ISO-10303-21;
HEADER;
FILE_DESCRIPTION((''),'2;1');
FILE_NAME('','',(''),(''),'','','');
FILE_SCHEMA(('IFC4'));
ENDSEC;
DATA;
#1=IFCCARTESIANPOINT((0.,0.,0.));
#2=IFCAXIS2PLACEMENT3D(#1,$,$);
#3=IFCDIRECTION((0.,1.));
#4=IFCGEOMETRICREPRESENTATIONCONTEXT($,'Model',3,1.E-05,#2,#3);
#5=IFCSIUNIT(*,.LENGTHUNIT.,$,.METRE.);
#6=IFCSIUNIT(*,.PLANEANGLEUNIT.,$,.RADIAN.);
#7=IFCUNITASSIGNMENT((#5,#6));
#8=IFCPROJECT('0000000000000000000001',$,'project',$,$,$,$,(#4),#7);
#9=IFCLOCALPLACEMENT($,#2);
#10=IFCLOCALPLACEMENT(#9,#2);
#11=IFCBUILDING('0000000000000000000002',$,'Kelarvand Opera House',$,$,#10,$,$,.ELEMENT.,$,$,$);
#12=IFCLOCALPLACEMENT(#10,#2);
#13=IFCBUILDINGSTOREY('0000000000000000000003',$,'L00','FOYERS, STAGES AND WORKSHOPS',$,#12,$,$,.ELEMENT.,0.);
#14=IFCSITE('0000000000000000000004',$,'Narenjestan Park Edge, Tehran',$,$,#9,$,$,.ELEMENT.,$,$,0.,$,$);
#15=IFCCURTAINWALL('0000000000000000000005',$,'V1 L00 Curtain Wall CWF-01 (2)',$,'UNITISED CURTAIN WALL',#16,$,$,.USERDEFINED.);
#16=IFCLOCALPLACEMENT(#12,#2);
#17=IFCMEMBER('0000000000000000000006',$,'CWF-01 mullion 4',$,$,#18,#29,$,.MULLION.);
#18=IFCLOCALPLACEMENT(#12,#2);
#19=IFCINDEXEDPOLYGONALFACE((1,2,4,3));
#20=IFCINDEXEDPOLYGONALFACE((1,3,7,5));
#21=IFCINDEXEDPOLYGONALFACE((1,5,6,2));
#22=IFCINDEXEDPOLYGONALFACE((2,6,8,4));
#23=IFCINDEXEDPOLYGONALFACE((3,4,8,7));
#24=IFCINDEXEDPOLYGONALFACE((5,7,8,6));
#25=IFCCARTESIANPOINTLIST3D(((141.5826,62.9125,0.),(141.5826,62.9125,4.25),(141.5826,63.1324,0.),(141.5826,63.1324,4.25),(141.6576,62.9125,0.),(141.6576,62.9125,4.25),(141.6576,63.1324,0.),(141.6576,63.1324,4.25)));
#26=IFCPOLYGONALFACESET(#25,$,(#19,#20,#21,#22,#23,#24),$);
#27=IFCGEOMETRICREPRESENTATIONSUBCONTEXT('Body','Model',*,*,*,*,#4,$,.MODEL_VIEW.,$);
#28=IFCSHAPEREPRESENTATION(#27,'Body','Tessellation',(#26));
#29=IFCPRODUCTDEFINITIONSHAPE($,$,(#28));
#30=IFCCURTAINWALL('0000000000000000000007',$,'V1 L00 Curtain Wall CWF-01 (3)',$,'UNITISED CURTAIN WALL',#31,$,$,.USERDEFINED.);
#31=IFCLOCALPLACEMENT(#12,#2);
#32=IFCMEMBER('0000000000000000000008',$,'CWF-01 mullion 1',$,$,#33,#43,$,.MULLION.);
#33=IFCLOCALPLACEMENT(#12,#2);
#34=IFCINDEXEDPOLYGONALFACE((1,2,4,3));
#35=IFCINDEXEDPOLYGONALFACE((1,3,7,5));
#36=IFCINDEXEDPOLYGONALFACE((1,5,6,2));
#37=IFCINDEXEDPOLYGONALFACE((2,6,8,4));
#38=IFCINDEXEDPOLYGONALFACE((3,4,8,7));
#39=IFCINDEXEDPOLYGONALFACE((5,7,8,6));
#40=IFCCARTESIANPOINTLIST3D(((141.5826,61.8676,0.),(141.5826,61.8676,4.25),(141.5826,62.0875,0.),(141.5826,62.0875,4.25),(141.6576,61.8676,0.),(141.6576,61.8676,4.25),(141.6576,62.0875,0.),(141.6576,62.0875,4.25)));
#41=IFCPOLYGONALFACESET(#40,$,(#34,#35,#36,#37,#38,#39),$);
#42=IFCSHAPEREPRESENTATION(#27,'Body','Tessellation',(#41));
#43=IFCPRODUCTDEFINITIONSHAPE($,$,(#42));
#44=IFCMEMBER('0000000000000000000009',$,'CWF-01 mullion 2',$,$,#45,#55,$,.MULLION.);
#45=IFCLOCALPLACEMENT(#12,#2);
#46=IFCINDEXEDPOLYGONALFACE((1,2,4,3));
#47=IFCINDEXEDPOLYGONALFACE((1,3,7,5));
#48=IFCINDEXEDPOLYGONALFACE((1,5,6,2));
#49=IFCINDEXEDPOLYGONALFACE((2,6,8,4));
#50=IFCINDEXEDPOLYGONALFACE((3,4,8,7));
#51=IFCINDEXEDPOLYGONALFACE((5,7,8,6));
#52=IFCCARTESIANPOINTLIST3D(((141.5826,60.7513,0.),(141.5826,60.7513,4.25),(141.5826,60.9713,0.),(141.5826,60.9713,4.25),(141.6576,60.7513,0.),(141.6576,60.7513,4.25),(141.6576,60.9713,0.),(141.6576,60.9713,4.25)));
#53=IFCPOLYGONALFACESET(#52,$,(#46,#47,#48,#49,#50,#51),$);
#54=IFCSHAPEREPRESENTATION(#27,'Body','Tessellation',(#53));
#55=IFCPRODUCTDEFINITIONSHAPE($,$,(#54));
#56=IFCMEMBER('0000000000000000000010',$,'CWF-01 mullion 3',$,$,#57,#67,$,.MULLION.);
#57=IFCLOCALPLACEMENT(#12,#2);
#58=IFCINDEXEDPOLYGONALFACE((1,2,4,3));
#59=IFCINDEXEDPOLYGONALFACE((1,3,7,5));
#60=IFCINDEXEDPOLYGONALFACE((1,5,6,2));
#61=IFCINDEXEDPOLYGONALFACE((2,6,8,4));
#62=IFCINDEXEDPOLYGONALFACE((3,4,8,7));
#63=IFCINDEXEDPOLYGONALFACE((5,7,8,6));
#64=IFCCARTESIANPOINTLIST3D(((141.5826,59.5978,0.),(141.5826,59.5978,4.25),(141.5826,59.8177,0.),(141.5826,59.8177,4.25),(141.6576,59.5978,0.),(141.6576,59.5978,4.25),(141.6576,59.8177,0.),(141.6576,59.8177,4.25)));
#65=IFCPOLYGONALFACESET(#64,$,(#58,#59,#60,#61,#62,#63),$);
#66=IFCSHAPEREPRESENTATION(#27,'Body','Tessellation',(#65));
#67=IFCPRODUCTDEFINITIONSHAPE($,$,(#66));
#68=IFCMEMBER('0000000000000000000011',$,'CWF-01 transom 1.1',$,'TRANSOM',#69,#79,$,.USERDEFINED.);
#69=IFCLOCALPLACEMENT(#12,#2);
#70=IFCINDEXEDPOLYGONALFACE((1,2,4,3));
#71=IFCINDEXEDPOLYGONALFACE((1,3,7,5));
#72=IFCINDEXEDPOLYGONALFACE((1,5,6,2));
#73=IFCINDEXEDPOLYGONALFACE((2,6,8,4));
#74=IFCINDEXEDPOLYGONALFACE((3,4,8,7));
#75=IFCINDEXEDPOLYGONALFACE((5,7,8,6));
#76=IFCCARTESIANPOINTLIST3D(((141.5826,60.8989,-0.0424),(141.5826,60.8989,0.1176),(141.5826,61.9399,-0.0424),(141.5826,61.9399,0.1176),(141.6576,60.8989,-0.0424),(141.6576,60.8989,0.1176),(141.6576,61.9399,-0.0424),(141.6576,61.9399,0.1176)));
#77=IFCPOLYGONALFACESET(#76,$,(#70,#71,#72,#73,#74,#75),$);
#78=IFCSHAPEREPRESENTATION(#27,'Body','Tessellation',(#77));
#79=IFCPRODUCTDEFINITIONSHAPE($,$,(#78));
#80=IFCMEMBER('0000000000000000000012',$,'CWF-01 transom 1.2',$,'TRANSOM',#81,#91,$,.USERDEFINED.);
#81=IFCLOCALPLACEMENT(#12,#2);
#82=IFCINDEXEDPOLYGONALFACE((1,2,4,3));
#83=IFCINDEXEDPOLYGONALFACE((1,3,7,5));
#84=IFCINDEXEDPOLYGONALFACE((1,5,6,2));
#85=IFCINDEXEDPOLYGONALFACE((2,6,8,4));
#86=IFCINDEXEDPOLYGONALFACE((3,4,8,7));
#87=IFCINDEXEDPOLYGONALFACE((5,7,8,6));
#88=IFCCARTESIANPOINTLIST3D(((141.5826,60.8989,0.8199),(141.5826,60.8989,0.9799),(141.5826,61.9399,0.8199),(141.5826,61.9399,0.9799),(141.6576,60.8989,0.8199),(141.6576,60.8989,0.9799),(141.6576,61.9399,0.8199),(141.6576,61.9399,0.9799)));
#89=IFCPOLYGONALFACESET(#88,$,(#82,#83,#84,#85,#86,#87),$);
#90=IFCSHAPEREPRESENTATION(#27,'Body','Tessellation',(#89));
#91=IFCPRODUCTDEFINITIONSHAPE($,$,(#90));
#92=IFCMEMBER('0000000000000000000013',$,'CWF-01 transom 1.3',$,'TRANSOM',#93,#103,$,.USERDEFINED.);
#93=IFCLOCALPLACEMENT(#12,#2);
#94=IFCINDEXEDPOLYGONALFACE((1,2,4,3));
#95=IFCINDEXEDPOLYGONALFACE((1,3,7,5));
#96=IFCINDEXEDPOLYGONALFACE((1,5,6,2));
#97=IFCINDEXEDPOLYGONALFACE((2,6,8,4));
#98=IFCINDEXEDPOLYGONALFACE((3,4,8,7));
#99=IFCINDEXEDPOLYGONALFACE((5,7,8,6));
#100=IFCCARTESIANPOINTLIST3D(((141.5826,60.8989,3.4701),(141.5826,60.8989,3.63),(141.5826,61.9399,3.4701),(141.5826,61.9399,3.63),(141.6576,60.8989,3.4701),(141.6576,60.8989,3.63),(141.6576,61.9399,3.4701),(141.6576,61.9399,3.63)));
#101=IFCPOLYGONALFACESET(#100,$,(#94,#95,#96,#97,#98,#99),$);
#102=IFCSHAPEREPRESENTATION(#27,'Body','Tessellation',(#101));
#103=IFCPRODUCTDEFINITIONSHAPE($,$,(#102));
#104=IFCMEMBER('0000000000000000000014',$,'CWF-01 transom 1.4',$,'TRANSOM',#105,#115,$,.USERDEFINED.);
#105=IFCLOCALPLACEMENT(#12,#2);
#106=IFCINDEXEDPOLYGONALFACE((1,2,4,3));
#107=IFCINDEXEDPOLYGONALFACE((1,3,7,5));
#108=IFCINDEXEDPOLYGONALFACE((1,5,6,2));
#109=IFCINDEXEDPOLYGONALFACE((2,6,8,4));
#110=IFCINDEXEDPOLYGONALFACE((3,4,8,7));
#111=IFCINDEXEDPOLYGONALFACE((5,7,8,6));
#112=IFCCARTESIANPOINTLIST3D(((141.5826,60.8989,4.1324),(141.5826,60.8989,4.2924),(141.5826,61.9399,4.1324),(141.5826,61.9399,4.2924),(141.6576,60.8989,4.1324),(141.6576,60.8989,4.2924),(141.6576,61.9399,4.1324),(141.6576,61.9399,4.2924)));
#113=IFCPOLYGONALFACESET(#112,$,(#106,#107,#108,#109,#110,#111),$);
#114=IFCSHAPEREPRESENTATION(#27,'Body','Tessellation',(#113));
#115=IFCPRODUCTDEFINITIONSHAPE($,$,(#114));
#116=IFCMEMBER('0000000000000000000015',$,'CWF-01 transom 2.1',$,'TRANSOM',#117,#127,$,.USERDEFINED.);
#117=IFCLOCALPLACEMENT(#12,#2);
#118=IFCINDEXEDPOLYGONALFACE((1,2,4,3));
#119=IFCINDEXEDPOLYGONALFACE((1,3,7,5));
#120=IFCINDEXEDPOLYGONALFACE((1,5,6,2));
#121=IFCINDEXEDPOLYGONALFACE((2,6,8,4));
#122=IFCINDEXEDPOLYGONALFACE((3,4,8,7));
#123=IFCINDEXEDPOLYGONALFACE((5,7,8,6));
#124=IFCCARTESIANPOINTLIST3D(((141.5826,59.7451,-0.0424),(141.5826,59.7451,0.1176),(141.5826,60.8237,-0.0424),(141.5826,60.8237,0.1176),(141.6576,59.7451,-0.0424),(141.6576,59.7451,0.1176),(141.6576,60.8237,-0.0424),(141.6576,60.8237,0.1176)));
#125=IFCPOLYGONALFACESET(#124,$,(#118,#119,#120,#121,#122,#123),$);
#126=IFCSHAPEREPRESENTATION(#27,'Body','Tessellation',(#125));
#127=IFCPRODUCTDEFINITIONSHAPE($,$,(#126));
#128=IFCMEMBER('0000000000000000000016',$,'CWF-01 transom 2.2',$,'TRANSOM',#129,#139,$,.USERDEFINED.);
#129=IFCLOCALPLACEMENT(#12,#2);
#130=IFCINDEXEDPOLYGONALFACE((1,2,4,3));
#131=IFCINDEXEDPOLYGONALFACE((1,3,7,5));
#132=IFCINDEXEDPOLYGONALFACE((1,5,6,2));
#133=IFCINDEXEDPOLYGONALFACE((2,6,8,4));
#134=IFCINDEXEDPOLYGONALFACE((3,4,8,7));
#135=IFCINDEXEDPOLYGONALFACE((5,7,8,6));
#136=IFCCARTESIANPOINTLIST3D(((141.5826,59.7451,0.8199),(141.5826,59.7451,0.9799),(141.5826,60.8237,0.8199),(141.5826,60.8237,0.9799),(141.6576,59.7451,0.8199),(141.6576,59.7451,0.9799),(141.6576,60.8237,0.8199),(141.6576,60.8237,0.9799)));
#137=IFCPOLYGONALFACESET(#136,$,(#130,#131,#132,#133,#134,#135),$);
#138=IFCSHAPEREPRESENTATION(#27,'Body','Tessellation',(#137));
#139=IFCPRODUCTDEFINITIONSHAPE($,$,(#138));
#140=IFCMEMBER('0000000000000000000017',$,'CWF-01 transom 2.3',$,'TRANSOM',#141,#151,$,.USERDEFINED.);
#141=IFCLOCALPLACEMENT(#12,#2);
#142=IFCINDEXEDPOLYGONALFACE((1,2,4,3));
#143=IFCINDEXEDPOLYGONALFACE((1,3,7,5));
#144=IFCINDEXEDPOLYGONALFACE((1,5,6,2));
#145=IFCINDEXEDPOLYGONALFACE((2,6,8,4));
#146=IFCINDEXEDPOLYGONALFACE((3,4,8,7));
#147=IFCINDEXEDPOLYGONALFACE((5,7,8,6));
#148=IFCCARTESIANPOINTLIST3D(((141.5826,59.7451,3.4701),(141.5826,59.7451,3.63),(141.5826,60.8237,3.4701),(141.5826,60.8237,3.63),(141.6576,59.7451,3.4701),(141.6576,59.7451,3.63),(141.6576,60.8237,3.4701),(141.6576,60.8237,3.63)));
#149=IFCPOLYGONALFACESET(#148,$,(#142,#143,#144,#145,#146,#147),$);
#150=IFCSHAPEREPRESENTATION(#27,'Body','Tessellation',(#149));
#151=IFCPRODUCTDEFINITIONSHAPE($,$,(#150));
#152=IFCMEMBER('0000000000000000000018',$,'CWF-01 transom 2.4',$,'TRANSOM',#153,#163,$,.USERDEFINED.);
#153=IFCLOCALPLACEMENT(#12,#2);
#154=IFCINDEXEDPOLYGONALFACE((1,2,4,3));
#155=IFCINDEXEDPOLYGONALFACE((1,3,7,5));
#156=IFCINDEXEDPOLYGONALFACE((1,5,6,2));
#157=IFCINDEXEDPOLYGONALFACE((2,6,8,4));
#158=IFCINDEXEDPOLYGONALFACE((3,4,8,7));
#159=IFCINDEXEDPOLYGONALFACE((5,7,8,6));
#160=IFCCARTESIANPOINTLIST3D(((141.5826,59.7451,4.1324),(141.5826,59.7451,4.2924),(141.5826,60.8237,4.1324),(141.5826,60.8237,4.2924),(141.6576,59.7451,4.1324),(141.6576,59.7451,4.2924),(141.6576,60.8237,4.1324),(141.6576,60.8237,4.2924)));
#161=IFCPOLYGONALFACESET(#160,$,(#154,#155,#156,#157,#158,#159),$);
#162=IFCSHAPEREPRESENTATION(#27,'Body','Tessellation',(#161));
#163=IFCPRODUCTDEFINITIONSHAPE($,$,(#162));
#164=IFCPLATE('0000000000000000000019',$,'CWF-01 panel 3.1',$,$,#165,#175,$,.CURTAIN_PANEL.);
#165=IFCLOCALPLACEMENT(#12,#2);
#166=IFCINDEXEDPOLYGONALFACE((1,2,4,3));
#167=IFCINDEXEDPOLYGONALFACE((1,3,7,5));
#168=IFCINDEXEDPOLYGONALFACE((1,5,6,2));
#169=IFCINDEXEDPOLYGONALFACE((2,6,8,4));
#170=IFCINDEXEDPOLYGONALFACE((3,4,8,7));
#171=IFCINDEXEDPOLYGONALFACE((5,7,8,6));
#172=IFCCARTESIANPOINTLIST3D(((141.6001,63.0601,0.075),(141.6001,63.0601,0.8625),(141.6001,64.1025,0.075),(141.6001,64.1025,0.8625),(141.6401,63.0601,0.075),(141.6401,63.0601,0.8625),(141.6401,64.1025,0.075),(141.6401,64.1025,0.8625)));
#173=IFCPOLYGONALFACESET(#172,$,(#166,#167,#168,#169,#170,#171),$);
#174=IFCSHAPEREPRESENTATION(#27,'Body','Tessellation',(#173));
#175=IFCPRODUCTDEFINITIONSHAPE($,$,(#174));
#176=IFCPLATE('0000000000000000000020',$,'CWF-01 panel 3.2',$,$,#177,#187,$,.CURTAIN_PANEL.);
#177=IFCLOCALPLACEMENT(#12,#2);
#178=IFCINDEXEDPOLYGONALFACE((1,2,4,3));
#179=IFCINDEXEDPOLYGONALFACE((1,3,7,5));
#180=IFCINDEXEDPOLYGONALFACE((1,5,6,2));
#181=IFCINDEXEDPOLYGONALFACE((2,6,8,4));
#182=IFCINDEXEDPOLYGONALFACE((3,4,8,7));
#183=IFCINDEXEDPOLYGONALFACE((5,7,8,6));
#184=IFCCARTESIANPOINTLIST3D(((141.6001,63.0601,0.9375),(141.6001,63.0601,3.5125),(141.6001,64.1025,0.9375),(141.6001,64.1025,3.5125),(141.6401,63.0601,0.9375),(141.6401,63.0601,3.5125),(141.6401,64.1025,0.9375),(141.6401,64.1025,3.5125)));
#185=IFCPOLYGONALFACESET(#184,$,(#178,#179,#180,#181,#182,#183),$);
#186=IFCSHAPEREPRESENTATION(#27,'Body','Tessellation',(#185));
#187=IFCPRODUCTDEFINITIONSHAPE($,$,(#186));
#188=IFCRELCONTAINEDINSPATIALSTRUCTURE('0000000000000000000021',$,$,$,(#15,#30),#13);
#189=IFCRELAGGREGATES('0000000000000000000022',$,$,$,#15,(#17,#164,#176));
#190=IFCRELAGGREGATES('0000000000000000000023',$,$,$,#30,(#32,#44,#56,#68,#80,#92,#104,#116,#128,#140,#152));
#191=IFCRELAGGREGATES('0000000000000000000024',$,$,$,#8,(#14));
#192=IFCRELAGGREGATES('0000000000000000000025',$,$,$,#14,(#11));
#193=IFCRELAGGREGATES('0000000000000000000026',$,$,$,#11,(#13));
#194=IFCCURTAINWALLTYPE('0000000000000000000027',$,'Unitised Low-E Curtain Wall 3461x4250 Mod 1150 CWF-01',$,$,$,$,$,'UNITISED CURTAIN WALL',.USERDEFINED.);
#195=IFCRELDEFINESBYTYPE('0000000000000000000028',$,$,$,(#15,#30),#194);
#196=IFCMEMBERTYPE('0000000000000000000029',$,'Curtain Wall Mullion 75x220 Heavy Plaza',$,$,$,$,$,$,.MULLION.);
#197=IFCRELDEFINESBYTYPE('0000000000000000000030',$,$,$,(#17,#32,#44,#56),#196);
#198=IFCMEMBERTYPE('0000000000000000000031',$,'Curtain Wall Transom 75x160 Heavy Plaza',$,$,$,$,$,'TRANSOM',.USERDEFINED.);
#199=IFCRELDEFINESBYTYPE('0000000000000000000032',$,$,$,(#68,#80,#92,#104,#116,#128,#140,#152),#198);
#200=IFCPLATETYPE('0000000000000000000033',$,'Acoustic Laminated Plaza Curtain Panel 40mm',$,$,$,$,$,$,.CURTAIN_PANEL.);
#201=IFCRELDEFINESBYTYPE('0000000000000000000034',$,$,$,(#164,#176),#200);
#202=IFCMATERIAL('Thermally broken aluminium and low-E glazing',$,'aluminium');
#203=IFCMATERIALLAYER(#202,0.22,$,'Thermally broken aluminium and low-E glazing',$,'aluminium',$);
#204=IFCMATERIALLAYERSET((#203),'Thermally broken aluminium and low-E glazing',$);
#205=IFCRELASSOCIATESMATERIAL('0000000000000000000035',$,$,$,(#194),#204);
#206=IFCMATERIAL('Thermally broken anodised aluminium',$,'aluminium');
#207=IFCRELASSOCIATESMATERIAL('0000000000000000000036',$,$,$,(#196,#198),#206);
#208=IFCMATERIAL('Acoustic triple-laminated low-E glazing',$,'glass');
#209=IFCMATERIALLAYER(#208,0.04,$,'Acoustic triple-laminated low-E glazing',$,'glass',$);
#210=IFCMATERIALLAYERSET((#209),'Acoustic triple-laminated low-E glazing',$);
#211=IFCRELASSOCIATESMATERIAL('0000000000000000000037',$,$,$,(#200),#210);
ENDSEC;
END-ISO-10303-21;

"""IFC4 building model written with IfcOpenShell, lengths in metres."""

from ifc_helpers import new_model, si_unit, direction, frame, origin, origin_2d, place, context, subcontext, project, spatial, rectangle, extrude, material, layer, layer_set, material_profile, profile_set, type_object, element, aggregate, save


model = new_model("IFC4")

# Units and contexts
model_context = context("Model", 3, precision=1e-05, world=origin(), true_north=direction((0.0, 1.0)))
body_context = subcontext(model_context, "Body", "Model", "MODEL_VIEW")
ifc_project = project(units=[si_unit("LENGTHUNIT", "METRE"), si_unit("PLANEANGLEUNIT", "RADIAN")], contexts=[model_context])

# Site, building, storey
site_placement = place(None, origin())
site = spatial("IfcSite", under=ifc_project, at=site_placement, Name="Narenjestan Park Edge, Tehran", CompositionType="ELEMENT", RefElevation=0.0)
building_placement = place(site_placement, origin())
building = spatial("IfcBuilding", under=site, at=building_placement, Name="Kelarvand Opera House", CompositionType="ELEMENT")
storey_placement = place(building_placement, origin())
storey = spatial("IfcBuildingStorey", under=building, at=storey_placement, Name="L00", Description="FOYERS, STAGES AND WORKSHOPS", CompositionType="ELEMENT", Elevation=0.0)

# Curtain wall, member
ifc_material_1 = material(Name="Thermally broken aluminium and low-E glazing", Category="aluminium")
ifc_layer_1 = layer(ifc_material_1, 0.22, Name="Thermally broken aluminium and low-E glazing", Category="aluminium")
ifc_layer_set_1 = layer_set([ifc_layer_1], Name="Thermally broken aluminium and low-E glazing")
curtain_wall_type = type_object("IfcCurtainWallType", Name="Unitised Low-E Curtain Wall 3461x4250 Mod 1150 CWF-01", ElementType="UNITISED CURTAIN WALL", PredefinedType="USERDEFINED", material=ifc_layer_set_1)
curtain_wall_1_placement = place(storey_placement, origin())
curtain_wall_1 = element("IfcCurtainWall", 1, at=curtain_wall_1_placement, inside=storey, type_object=curtain_wall_type, Name="V1 L00 Curtain Wall CWF-01 (2)", ObjectType="UNITISED CURTAIN WALL", PredefinedType="USERDEFINED")
ifc_material_2 = material(Name="Thermally broken anodised aluminium", Category="aluminium")
ifc_material_profile_1 = material_profile(ifc_material_2, rectangle(XDim=0.075, YDim=0.22, at=origin_2d()), Name="ALU MULLION 75x220", Category="aluminium")
ifc_profile_set_1 = profile_set([ifc_material_profile_1], Name="Thermally broken anodised aluminium")
member_type_1 = type_object("IfcMemberType", Name="Curtain Wall Mullion 75x220 Heavy Plaza", PredefinedType="MULLION", material=ifc_profile_set_1)
member_1_placement = place(storey_placement, frame((141.6201, 63.0225, 0.0), z_axis=(0.0, 0.0, 1.0), x_axis=(1.0, 0.0, 0.0)))
member_1 = element("IfcMember", 2, at=member_1_placement, type_object=member_type_1, Name="CWF-01 mullion 4", PredefinedType="MULLION", context=body_context, shape_type="SweptSolid", body=[
    extrude(rectangle(XDim=0.075, YDim=0.22, at=origin_2d()), origin(), (0.0, 0.0, 1.0), 4.25),
])

# Curtain wall, members
curtain_wall_2_placement = place(storey_placement, origin())
curtain_wall_2 = element("IfcCurtainWall", 3, at=curtain_wall_2_placement, inside=storey, type_object=curtain_wall_type, Name="V1 L00 Curtain Wall CWF-01 (3)", ObjectType="UNITISED CURTAIN WALL", PredefinedType="USERDEFINED")
member_2_placement = place(storey_placement, frame((141.6201, 61.9775, 0.0), z_axis=(0.0, 0.0, 1.0), x_axis=(1.0, 0.0, 0.0)))
member_2 = element("IfcMember", 4, at=member_2_placement, type_object=member_type_1, Name="CWF-01 mullion 1", PredefinedType="MULLION", context=body_context, shape_type="SweptSolid", body=[
    extrude(rectangle(XDim=0.075, YDim=0.22, at=origin_2d()), origin(), (0.0, 0.0, 1.0), 4.25),
])
member_3_placement = place(storey_placement, frame((141.6201, 60.8613, 0.0), z_axis=(0.0, 0.0, 1.0), x_axis=(1.0, 0.0, 0.0)))
member_3 = element("IfcMember", 5, at=member_3_placement, type_object=member_type_1, Name="CWF-01 mullion 2", PredefinedType="MULLION", context=body_context, shape_type="SweptSolid", body=[
    extrude(rectangle(XDim=0.075, YDim=0.22, at=origin_2d()), origin(), (0.0, 0.0, 1.0), 4.25),
])
member_4_placement = place(storey_placement, frame((141.6201, 59.7078, 0.0), z_axis=(0.0, 0.0, 1.0), x_axis=(1.0, 0.0, 0.0)))
member_4 = element("IfcMember", 6, at=member_4_placement, type_object=member_type_1, Name="CWF-01 mullion 3", PredefinedType="MULLION", context=body_context, shape_type="SweptSolid", body=[
    extrude(rectangle(XDim=0.075, YDim=0.22, at=origin_2d()), origin(), (0.0, 0.0, 1.0), 4.25),
])
ifc_material_profile_2 = material_profile(ifc_material_2, rectangle(XDim=0.075, YDim=0.1599, at=origin_2d()), Name="ALU TRANSOM 75x160", Category="aluminium")
ifc_profile_set_2 = profile_set([ifc_material_profile_2], Name="Thermally broken anodised aluminium")
member_type_2 = type_object("IfcMemberType", Name="Curtain Wall Transom 75x160 Heavy Plaza", ElementType="TRANSOM", PredefinedType="USERDEFINED", material=ifc_profile_set_2)
member_5_placement = place(storey_placement, frame((141.6201, 61.9399, 0.0376), z_axis=(0.0, -1.0, 0.0), x_axis=(1.0, 0.0, 0.0)))
member_5 = element("IfcMember", 7, at=member_5_placement, type_object=member_type_2, Name="CWF-01 transom 1.1", ObjectType="TRANSOM", PredefinedType="USERDEFINED", context=body_context, shape_type="SweptSolid", body=[
    extrude(rectangle(XDim=0.075, YDim=0.1599, at=origin_2d()), origin(), (0.0, 0.0, 1.0), 1.041),
])
member_6_placement = place(storey_placement, frame((141.6201, 61.9399, 0.8999), z_axis=(0.0, -1.0, 0.0), x_axis=(1.0, 0.0, 0.0)))
member_6 = element("IfcMember", 8, at=member_6_placement, type_object=member_type_2, Name="CWF-01 transom 1.2", ObjectType="TRANSOM", PredefinedType="USERDEFINED", context=body_context, shape_type="SweptSolid", body=[
    extrude(rectangle(XDim=0.075, YDim=0.1599, at=origin_2d()), origin(), (0.0, 0.0, 1.0), 1.041),
])
member_7_placement = place(storey_placement, frame((141.6201, 61.9399, 3.55), z_axis=(0.0, -1.0, 0.0), x_axis=(1.0, 0.0, 0.0)))
member_7 = element("IfcMember", 9, at=member_7_placement, type_object=member_type_2, Name="CWF-01 transom 1.3", ObjectType="TRANSOM", PredefinedType="USERDEFINED", context=body_context, shape_type="SweptSolid", body=[
    extrude(rectangle(XDim=0.075, YDim=0.1599, at=origin_2d()), origin(), (0.0, 0.0, 1.0), 1.041),
])
member_8_placement = place(storey_placement, frame((141.6201, 61.9399, 4.2124), z_axis=(0.0, -1.0, 0.0), x_axis=(1.0, 0.0, 0.0)))
member_8 = element("IfcMember", 10, at=member_8_placement, type_object=member_type_2, Name="CWF-01 transom 1.4", ObjectType="TRANSOM", PredefinedType="USERDEFINED", context=body_context, shape_type="SweptSolid", body=[
    extrude(rectangle(XDim=0.075, YDim=0.1599, at=origin_2d()), origin(), (0.0, 0.0, 1.0), 1.041),
])
member_9_placement = place(storey_placement, frame((141.6201, 60.8237, 0.0376), z_axis=(0.0, -1.0, 0.0), x_axis=(1.0, 0.0, 0.0)))
member_9 = element("IfcMember", 11, at=member_9_placement, type_object=member_type_2, Name="CWF-01 transom 2.1", ObjectType="TRANSOM", PredefinedType="USERDEFINED", context=body_context, shape_type="SweptSolid", body=[
    extrude(rectangle(XDim=0.075, YDim=0.1599, at=origin_2d()), origin(), (0.0, 0.0, 1.0), 1.0786),
])
member_10_placement = place(storey_placement, frame((141.6201, 60.8237, 0.8999), z_axis=(0.0, -1.0, 0.0), x_axis=(1.0, 0.0, 0.0)))
member_10 = element("IfcMember", 12, at=member_10_placement, type_object=member_type_2, Name="CWF-01 transom 2.2", ObjectType="TRANSOM", PredefinedType="USERDEFINED", context=body_context, shape_type="SweptSolid", body=[
    extrude(rectangle(XDim=0.075, YDim=0.1599, at=origin_2d()), origin(), (0.0, 0.0, 1.0), 1.0786),
])
member_11_placement = place(storey_placement, frame((141.6201, 60.8237, 3.55), z_axis=(0.0, -1.0, 0.0), x_axis=(1.0, 0.0, 0.0)))
member_11 = element("IfcMember", 13, at=member_11_placement, type_object=member_type_2, Name="CWF-01 transom 2.3", ObjectType="TRANSOM", PredefinedType="USERDEFINED", context=body_context, shape_type="SweptSolid", body=[
    extrude(rectangle(XDim=0.075, YDim=0.1599, at=origin_2d()), origin(), (0.0, 0.0, 1.0), 1.0786),
])
member_12_placement = place(storey_placement, frame((141.6201, 60.8237, 4.2124), z_axis=(0.0, -1.0, 0.0), x_axis=(1.0, 0.0, 0.0)))
member_12 = element("IfcMember", 14, at=member_12_placement, type_object=member_type_2, Name="CWF-01 transom 2.4", ObjectType="TRANSOM", PredefinedType="USERDEFINED", context=body_context, shape_type="SweptSolid", body=[
    extrude(rectangle(XDim=0.075, YDim=0.1599, at=origin_2d()), origin(), (0.0, 0.0, 1.0), 1.0786),
])

# Plates
ifc_material_3 = material(Name="Acoustic triple-laminated low-E glazing", Category="glass")
ifc_layer_2 = layer(ifc_material_3, 0.04, Name="Acoustic triple-laminated low-E glazing", Category="glass")
ifc_layer_set_2 = layer_set([ifc_layer_2], Name="Acoustic triple-laminated low-E glazing")
plate_type = type_object("IfcPlateType", Name="Acoustic Laminated Plaza Curtain Panel 40mm", PredefinedType="CURTAIN_PANEL", material=ifc_layer_set_2)
plate_1_placement = place(storey_placement, frame((141.6201, 63.5813, 0.075), z_axis=(0.0, 0.0, 1.0), x_axis=(0.0, -1.0, 0.0)))
plate_1 = element("IfcPlate", 15, at=plate_1_placement, type_object=plate_type, Name="CWF-01 panel 3.1", PredefinedType="CURTAIN_PANEL", context=body_context, shape_type="SweptSolid", body=[
    extrude(rectangle(XDim=1.0425, YDim=0.04, at=origin_2d()), origin(), (0.0, 0.0, 1.0), 0.7876),
])
plate_2_placement = place(storey_placement, frame((141.6201, 63.5813, 0.9375), z_axis=(0.0, 0.0, 1.0), x_axis=(0.0, -1.0, 0.0)))
plate_2 = element("IfcPlate", 16, at=plate_2_placement, type_object=plate_type, Name="CWF-01 panel 3.2", PredefinedType="CURTAIN_PANEL", context=body_context, shape_type="SweptSolid", body=[
    extrude(rectangle(XDim=1.0425, YDim=0.04, at=origin_2d()), origin(), (0.0, 0.0, 1.0), 2.575),
])
aggregate(curtain_wall_1, [member_1, plate_1, plate_2])
aggregate(curtain_wall_2, [member_2, member_3, member_4, member_5, member_6, member_7, member_8, member_9, member_10, member_11, member_12])

save(model, "model.ifc")
